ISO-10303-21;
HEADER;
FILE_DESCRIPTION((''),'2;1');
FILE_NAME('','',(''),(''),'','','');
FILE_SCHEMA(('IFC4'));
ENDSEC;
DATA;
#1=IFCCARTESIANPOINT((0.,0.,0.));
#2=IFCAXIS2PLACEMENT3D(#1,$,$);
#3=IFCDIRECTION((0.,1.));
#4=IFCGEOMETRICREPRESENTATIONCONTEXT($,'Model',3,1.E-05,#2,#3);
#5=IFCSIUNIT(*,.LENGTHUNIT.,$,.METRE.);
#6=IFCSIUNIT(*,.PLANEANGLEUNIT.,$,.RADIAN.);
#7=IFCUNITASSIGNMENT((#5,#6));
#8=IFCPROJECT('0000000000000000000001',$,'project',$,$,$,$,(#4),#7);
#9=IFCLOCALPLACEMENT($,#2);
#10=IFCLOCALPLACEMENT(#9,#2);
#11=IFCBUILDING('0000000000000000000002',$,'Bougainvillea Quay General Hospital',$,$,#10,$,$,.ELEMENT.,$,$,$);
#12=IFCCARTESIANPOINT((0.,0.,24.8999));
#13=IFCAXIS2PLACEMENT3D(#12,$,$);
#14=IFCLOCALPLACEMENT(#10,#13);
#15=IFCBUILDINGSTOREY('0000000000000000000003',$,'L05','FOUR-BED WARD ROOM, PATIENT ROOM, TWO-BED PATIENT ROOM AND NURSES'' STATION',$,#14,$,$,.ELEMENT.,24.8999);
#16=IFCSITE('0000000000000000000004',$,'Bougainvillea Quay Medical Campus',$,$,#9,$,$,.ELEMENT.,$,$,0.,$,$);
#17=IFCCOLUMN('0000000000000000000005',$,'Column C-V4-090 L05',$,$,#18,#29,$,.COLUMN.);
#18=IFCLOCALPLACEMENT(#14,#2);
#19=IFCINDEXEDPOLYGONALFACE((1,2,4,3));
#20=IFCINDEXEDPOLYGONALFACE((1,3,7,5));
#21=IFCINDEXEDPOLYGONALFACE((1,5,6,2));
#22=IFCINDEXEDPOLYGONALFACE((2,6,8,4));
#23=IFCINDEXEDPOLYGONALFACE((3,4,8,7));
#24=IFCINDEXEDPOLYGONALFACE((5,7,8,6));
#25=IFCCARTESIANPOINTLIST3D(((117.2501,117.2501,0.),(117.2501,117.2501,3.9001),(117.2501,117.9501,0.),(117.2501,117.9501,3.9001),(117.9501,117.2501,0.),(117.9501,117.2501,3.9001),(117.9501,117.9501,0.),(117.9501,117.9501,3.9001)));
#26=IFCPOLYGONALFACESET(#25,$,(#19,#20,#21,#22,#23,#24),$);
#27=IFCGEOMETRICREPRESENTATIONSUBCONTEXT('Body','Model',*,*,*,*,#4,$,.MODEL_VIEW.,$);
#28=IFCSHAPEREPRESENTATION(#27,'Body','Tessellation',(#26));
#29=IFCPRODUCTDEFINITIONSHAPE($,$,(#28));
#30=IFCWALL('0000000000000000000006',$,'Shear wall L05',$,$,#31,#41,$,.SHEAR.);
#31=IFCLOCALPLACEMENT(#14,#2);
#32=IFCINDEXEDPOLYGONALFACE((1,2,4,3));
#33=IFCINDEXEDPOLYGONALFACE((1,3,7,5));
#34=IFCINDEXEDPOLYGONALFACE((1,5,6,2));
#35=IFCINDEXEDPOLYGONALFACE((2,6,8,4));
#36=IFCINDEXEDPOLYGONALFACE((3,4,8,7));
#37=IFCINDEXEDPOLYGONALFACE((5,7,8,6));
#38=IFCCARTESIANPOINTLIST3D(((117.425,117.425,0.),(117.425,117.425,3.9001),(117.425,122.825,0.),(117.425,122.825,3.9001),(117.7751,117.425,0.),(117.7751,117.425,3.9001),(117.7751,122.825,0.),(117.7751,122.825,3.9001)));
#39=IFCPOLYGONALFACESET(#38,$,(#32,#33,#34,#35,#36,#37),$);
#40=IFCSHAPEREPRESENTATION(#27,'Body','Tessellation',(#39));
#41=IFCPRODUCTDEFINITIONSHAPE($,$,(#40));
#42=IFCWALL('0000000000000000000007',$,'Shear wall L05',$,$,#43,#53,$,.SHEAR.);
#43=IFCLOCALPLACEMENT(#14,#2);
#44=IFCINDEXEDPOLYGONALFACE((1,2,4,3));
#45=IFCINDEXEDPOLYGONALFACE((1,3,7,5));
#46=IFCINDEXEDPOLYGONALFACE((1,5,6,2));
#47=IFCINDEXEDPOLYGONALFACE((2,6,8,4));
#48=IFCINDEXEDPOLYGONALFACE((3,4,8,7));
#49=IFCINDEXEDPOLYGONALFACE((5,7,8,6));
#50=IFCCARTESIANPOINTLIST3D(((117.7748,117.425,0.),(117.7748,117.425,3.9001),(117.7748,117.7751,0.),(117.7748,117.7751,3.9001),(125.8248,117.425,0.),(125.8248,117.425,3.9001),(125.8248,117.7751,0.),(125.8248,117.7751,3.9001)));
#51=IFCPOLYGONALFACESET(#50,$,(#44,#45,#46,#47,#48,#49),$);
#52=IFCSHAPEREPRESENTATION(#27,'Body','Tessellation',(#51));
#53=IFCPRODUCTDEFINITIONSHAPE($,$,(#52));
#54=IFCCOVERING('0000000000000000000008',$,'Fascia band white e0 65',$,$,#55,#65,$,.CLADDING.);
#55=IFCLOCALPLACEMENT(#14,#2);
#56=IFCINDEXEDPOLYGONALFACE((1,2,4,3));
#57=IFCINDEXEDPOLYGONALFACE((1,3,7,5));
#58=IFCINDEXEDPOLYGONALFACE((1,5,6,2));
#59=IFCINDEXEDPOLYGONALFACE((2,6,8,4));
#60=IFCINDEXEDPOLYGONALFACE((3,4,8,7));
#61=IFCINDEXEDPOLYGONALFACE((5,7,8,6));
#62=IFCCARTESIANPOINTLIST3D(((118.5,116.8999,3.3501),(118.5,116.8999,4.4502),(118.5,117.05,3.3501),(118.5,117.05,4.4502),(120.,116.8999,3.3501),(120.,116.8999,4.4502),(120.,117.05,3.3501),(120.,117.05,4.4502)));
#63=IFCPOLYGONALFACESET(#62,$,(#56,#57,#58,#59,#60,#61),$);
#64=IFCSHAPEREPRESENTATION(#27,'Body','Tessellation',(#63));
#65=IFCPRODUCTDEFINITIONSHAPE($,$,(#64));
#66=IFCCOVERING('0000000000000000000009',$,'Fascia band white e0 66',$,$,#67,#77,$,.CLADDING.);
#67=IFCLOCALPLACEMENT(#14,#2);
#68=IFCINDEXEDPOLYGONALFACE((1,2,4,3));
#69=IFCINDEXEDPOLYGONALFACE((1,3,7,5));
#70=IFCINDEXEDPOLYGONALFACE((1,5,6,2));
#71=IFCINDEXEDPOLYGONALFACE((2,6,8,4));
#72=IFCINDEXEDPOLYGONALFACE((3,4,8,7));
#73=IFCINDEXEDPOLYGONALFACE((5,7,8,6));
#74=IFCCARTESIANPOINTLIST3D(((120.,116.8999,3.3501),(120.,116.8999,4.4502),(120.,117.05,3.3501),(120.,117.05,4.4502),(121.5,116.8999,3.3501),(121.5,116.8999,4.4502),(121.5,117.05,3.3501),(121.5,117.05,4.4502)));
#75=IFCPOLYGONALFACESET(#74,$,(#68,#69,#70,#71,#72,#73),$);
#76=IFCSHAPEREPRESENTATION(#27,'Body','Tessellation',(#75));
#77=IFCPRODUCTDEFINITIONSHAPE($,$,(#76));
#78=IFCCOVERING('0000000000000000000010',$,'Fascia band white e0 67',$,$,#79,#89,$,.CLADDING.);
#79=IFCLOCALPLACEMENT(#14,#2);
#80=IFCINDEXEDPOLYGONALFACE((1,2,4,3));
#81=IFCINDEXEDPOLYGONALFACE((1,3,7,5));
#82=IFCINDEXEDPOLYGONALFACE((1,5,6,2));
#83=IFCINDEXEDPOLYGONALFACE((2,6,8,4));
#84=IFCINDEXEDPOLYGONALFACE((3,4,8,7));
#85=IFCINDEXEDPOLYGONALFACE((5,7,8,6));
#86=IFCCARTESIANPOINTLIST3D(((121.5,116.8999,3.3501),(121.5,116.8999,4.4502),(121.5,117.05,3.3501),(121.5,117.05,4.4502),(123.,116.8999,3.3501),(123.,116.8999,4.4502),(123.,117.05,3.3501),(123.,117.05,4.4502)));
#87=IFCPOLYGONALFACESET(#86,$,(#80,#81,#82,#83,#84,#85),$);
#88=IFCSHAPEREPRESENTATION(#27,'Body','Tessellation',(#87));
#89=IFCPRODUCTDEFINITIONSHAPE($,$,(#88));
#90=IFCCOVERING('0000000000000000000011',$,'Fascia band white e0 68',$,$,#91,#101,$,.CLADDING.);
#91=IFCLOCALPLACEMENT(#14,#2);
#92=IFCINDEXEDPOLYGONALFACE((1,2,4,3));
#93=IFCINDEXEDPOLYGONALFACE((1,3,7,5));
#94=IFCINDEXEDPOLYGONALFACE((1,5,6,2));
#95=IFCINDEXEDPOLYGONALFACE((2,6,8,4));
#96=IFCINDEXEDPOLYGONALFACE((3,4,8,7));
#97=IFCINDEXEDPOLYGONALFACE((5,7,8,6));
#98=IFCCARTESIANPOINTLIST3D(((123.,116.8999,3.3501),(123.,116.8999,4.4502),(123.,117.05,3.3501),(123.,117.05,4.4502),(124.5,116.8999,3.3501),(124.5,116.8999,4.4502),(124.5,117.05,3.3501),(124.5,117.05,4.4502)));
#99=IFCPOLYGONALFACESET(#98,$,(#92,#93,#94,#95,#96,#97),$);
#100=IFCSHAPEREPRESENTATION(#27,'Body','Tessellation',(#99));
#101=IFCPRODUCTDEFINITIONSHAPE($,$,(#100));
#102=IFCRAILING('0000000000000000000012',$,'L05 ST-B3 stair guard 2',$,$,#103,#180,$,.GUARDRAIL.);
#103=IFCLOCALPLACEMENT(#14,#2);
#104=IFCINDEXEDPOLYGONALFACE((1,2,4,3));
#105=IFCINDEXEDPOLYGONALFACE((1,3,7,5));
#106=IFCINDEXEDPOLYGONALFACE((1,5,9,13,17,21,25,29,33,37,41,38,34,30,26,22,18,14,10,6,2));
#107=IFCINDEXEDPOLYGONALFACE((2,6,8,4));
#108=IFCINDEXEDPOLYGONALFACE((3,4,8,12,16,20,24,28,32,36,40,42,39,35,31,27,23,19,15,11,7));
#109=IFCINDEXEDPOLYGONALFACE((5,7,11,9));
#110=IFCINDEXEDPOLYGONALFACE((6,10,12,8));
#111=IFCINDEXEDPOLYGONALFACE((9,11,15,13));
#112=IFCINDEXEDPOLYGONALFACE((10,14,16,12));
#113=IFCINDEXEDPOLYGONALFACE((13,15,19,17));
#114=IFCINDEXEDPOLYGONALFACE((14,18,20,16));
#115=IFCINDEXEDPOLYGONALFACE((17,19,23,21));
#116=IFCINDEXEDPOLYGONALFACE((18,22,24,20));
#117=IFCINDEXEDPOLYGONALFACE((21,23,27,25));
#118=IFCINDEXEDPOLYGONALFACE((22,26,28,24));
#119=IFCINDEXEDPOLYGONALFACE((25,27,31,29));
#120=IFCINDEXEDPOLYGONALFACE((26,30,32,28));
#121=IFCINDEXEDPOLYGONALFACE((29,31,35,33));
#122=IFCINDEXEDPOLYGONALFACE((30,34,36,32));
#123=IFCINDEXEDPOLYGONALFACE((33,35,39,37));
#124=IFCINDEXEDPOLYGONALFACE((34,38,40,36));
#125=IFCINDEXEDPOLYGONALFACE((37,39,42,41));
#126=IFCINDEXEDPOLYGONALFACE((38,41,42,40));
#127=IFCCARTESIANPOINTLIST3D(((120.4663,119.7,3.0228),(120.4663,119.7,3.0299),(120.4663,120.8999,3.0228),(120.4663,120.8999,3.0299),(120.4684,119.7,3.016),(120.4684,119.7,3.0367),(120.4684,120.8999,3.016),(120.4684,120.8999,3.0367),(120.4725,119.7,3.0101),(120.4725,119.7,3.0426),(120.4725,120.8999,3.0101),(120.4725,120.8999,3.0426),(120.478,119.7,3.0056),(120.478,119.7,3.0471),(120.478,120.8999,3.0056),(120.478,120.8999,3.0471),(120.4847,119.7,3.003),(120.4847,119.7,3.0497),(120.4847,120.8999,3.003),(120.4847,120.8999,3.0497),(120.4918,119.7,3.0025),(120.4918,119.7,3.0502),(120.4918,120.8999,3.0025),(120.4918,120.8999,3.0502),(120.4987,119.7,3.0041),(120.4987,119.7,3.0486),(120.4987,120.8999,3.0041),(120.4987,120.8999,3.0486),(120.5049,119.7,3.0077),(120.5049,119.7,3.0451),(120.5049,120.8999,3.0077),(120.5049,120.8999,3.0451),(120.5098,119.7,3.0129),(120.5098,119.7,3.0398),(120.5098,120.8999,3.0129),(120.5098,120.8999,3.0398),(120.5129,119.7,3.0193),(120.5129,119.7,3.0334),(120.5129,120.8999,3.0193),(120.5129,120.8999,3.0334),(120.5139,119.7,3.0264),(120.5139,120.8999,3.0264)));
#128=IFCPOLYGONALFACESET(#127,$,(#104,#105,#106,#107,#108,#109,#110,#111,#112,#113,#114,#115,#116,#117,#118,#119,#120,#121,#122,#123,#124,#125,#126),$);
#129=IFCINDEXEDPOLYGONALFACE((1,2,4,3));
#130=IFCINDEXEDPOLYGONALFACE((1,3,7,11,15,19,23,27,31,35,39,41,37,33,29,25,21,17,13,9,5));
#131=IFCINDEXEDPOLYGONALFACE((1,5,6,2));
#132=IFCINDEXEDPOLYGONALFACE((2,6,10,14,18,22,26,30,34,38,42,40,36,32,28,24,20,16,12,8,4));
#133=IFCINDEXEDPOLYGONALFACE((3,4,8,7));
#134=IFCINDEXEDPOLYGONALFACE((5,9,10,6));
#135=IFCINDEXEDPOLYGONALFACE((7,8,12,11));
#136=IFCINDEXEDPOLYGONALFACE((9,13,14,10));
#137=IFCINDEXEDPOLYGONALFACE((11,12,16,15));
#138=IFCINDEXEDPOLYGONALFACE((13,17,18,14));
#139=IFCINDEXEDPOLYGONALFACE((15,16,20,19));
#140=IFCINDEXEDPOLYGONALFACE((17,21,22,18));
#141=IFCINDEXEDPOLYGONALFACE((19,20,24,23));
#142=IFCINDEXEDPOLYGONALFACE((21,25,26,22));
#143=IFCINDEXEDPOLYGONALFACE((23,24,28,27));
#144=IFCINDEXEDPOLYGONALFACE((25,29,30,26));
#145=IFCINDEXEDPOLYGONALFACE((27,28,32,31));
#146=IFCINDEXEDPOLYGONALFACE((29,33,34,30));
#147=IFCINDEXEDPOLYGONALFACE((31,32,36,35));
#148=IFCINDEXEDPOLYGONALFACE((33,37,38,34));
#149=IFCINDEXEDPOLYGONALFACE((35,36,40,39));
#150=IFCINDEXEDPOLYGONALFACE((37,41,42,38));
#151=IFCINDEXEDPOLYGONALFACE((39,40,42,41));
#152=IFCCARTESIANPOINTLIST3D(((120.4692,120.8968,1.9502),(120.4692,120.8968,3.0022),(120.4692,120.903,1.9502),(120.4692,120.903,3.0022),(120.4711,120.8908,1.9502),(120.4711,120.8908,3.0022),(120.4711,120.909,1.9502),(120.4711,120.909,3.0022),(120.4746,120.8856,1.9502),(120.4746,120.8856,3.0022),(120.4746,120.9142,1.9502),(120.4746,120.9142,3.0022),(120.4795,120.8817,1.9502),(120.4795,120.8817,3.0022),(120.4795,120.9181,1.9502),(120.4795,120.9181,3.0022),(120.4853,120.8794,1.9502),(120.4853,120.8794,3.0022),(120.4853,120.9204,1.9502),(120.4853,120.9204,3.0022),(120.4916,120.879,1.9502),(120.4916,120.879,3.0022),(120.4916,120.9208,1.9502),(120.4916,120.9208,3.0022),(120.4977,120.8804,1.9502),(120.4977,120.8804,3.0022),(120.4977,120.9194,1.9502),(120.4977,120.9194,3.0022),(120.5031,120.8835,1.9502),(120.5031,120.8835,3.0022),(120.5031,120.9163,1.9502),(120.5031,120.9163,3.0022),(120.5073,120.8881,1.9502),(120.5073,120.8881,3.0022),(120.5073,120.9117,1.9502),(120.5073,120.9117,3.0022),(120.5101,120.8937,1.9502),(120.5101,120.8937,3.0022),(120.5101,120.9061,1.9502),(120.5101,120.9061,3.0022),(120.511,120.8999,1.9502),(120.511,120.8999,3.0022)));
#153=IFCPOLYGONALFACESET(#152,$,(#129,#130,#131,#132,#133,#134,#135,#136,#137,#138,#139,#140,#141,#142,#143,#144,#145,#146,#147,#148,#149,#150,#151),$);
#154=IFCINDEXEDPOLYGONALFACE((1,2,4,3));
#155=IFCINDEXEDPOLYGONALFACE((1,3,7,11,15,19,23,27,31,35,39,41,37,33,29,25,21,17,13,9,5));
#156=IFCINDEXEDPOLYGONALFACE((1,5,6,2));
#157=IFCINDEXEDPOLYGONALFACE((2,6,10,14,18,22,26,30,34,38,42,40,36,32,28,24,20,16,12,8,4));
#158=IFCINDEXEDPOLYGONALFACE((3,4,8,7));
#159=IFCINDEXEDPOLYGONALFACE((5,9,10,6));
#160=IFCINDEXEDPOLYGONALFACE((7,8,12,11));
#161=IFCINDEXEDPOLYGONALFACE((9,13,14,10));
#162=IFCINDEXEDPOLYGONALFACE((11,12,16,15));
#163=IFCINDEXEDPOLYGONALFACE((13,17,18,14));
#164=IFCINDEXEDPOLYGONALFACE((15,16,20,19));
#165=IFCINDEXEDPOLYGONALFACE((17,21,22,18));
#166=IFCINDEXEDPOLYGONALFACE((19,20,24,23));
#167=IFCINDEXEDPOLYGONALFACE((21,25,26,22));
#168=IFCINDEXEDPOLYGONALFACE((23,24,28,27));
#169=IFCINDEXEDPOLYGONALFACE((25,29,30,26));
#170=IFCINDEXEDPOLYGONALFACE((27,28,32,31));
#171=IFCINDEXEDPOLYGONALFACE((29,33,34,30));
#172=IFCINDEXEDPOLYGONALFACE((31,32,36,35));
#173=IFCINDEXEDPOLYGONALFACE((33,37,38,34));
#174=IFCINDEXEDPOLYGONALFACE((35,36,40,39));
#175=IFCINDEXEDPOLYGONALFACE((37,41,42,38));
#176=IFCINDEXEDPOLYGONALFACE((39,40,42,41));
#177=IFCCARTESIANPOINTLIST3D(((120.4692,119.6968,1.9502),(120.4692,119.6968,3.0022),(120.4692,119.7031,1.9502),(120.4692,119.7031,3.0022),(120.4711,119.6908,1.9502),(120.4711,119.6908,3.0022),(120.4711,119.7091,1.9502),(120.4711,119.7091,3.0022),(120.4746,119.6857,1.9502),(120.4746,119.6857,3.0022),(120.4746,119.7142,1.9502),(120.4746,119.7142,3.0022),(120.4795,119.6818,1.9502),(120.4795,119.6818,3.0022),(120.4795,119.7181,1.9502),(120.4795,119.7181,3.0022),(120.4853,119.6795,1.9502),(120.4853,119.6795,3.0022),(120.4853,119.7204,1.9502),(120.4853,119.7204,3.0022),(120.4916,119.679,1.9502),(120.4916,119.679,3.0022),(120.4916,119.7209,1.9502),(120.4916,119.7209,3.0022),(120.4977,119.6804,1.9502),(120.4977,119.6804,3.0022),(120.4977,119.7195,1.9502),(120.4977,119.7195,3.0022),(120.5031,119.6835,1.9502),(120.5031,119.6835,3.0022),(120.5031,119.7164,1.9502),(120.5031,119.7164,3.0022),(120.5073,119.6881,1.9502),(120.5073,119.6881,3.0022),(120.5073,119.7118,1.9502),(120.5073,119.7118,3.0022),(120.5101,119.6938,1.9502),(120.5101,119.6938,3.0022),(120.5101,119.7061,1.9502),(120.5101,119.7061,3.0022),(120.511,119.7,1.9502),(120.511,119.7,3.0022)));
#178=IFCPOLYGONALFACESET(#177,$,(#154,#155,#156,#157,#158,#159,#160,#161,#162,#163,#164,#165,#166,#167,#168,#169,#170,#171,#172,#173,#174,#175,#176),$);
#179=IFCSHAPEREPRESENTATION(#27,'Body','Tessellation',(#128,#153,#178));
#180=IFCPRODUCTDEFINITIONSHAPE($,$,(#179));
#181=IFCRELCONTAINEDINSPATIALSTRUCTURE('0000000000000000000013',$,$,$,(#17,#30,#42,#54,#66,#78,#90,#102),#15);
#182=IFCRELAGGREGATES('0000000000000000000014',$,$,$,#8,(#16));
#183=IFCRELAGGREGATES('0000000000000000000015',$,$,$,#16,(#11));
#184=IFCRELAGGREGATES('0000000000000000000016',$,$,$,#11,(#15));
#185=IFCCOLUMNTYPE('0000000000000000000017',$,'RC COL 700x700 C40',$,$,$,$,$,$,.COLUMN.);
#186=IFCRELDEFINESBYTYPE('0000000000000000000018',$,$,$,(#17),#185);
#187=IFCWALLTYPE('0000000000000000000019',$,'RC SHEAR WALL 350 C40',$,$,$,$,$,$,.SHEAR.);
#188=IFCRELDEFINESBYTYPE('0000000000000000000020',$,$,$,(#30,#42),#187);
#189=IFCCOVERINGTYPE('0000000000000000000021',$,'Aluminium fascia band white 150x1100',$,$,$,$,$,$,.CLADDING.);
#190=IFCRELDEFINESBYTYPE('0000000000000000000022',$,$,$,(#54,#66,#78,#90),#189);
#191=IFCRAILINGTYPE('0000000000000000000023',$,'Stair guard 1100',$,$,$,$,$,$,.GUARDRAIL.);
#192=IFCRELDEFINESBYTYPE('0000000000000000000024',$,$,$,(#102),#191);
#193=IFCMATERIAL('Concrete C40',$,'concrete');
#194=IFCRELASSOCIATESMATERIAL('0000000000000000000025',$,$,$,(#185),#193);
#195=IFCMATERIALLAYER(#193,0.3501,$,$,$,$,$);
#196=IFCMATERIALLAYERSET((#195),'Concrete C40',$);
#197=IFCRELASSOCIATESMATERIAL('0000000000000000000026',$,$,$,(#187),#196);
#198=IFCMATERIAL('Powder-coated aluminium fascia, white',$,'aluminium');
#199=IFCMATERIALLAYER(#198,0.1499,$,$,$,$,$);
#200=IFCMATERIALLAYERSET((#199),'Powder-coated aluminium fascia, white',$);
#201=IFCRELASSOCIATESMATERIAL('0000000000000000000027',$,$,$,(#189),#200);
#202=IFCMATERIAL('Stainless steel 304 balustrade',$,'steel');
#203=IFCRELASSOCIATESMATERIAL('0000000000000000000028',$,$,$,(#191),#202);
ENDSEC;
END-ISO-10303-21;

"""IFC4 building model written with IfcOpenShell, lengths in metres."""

from ifc_helpers import new_model, si_unit, direction, frame, frame_2d, origin, origin_2d, place, context, subcontext, project, spatial, polyline, rectangle, circle, outline, extrude, material, layer, layer_set, material_profile, profile_set, type_object, element, save


model = new_model("IFC4")

# Units and contexts
model_context = context("Model", 3, precision=1e-05, world=origin(), true_north=direction((0.0, 1.0)))
body_context = subcontext(model_context, "Body", "Model", "MODEL_VIEW")
ifc_project = project(units=[si_unit("LENGTHUNIT", "METRE"), si_unit("PLANEANGLEUNIT", "RADIAN")], contexts=[model_context])

# Site, building, storey
site_placement = place(None, origin())
site = spatial("IfcSite", under=ifc_project, at=site_placement, Name="Bougainvillea Quay Medical Campus", CompositionType="ELEMENT", RefElevation=0.0)
building_placement = place(site_placement, origin())
building = spatial("IfcBuilding", under=site, at=building_placement, Name="Bougainvillea Quay General Hospital", CompositionType="ELEMENT")
storey_placement = place(building_placement, frame((0.0, 0.0, 24.8999)))
storey = spatial("IfcBuildingStorey", under=building, at=storey_placement, Name="L05", Description="FOUR-BED WARD ROOM, PATIENT ROOM, TWO-BED PATIENT ROOM AND NURSES' STATION", CompositionType="ELEMENT", Elevation=24.8999)

# Column
ifc_material_1 = material(Name="Concrete C40", Category="concrete")
ifc_material_profile_1 = material_profile(ifc_material_1, rectangle(XDim=0.7, YDim=0.7, at=origin_2d()))
ifc_profile_set_1 = profile_set([ifc_material_profile_1], Name="Concrete C40")
column_type = type_object("IfcColumnType", Name="RC COL 700x700 C40", PredefinedType="COLUMN", material=ifc_profile_set_1)
column_placement = place(storey_placement, frame((117.6001, 117.6001, 0.0), z_axis=(0.0, 0.0, 1.0), x_axis=(1.0, 0.0, 0.0)))
element("IfcColumn", 1, at=column_placement, inside=storey, type_object=column_type, Name="Column C-V4-090 L05", PredefinedType="COLUMN", context=body_context, shape_type="SweptSolid", body=[
    extrude(rectangle(XDim=0.7, YDim=0.7, at=origin_2d()), origin(), (0.0, 0.0, 1.0), 3.9001),
])

# Walls
ifc_layer_1 = layer(ifc_material_1, 0.3501)
ifc_layer_set_1 = layer_set([ifc_layer_1], Name="Concrete C40")
wall_type = type_object("IfcWallType", Name="RC SHEAR WALL 350 C40", PredefinedType="SHEAR", material=ifc_layer_set_1)
wall_1_placement = place(storey_placement, frame((117.6001, 117.425, 0.0), z_axis=(0.0, 0.0, 1.0), x_axis=(0.0, 1.0, 0.0)))
element("IfcWall", 2, at=wall_1_placement, inside=storey, type_object=wall_type, Name="Shear wall L05", PredefinedType="SHEAR", context=body_context, shape_type="SweptSolid", body=[
    extrude(rectangle(XDim=5.3999, YDim=0.3501, at=frame_2d((2.7, 0.0))), origin(), (0.0, 0.0, 1.0), 3.9001),
])
wall_2_placement = place(storey_placement, frame((117.7749, 117.6001, 0.0), z_axis=(0.0, 0.0, 1.0), x_axis=(1.0, 0.0, 0.0)))
element("IfcWall", 3, at=wall_2_placement, inside=storey, type_object=wall_type, Name="Shear wall L05", PredefinedType="SHEAR", context=body_context, shape_type="SweptSolid", body=[
    extrude(rectangle(XDim=8.05, YDim=0.3501, at=frame_2d((4.0249, 0.0))), origin(), (0.0, 0.0, 1.0), 3.9001),
])

# Coverings
ifc_material_2 = material(Name="Powder-coated aluminium fascia, white", Category="aluminium")
ifc_layer_2 = layer(ifc_material_2, 0.1499)
ifc_layer_set_2 = layer_set([ifc_layer_2], Name="Powder-coated aluminium fascia, white")
covering_type = type_object("IfcCoveringType", Name="Aluminium fascia band white 150x1100", PredefinedType="CLADDING", material=ifc_layer_set_2)
for number, where, z_axis, x_axis, name in (
    (4, (118.5, 117.05, 3.3501), (0.0, 0.0, 1.0), (1.0, 0.0, 0.0), "Fascia band white e0 65"),
    (5, (120.0, 117.05, 3.3501), (0.0, 0.0, 1.0), (1.0, 0.0, 0.0), "Fascia band white e0 66"),
    (6, (121.5, 117.05, 3.3501), (0.0, 0.0, 1.0), (1.0, 0.0, 0.0), "Fascia band white e0 67"),
    (7, (123.0, 117.05, 3.3501), (0.0, 0.0, 1.0), (1.0, 0.0, 0.0), "Fascia band white e0 68"),
):
    element("IfcCovering", number, at=place(storey_placement, frame(where, z_axis=z_axis, x_axis=x_axis)), inside=storey, type_object=covering_type, Name=name, PredefinedType="CLADDING", context=body_context, shape_type="SweptSolid", body=[
        extrude(outline(polyline([(0.0, 0.0), (1.5, 0.0), (1.5, -0.1501), (0.0, -0.1501), (0.0, 0.0)])), origin(), (0.0, 0.0, 1.0), 1.1001),
    ])

# Railing
ifc_material_3 = material(Name="Stainless steel 304 balustrade", Category="steel")
railing_type_1 = type_object("IfcRailingType", Name="Stair guard 1100", PredefinedType="GUARDRAIL", material=ifc_material_3)
railing_1_placement = place(storey_placement, frame((120.49, 120.8999, 1.9502)))
element("IfcRailing", 8, at=railing_1_placement, inside=storey, type_object=railing_type_1, Name="L05 ST-B3 stair guard 2", PredefinedType="GUARDRAIL", context=body_context, shape_type="SweptSolid", body=[
    extrude(circle(Radius=0.0239, at=origin_2d()), frame((0.0, 0.0, 1.0762), z_axis=(0.0, -1.0, 0.0), x_axis=(1.0, 0.0, 0.0)), (0.0, 0.0, 1.0), 1.2),
    extrude(circle(Radius=0.021, at=origin_2d()), origin(), (0.0, 0.0, 1.0), 1.052),
    extrude(circle(Radius=0.021, at=origin_2d()), frame((0.0, -1.2, 0.0)), (0.0, 0.0, 1.0), 1.052),
])

save(model, "model.ifc")
